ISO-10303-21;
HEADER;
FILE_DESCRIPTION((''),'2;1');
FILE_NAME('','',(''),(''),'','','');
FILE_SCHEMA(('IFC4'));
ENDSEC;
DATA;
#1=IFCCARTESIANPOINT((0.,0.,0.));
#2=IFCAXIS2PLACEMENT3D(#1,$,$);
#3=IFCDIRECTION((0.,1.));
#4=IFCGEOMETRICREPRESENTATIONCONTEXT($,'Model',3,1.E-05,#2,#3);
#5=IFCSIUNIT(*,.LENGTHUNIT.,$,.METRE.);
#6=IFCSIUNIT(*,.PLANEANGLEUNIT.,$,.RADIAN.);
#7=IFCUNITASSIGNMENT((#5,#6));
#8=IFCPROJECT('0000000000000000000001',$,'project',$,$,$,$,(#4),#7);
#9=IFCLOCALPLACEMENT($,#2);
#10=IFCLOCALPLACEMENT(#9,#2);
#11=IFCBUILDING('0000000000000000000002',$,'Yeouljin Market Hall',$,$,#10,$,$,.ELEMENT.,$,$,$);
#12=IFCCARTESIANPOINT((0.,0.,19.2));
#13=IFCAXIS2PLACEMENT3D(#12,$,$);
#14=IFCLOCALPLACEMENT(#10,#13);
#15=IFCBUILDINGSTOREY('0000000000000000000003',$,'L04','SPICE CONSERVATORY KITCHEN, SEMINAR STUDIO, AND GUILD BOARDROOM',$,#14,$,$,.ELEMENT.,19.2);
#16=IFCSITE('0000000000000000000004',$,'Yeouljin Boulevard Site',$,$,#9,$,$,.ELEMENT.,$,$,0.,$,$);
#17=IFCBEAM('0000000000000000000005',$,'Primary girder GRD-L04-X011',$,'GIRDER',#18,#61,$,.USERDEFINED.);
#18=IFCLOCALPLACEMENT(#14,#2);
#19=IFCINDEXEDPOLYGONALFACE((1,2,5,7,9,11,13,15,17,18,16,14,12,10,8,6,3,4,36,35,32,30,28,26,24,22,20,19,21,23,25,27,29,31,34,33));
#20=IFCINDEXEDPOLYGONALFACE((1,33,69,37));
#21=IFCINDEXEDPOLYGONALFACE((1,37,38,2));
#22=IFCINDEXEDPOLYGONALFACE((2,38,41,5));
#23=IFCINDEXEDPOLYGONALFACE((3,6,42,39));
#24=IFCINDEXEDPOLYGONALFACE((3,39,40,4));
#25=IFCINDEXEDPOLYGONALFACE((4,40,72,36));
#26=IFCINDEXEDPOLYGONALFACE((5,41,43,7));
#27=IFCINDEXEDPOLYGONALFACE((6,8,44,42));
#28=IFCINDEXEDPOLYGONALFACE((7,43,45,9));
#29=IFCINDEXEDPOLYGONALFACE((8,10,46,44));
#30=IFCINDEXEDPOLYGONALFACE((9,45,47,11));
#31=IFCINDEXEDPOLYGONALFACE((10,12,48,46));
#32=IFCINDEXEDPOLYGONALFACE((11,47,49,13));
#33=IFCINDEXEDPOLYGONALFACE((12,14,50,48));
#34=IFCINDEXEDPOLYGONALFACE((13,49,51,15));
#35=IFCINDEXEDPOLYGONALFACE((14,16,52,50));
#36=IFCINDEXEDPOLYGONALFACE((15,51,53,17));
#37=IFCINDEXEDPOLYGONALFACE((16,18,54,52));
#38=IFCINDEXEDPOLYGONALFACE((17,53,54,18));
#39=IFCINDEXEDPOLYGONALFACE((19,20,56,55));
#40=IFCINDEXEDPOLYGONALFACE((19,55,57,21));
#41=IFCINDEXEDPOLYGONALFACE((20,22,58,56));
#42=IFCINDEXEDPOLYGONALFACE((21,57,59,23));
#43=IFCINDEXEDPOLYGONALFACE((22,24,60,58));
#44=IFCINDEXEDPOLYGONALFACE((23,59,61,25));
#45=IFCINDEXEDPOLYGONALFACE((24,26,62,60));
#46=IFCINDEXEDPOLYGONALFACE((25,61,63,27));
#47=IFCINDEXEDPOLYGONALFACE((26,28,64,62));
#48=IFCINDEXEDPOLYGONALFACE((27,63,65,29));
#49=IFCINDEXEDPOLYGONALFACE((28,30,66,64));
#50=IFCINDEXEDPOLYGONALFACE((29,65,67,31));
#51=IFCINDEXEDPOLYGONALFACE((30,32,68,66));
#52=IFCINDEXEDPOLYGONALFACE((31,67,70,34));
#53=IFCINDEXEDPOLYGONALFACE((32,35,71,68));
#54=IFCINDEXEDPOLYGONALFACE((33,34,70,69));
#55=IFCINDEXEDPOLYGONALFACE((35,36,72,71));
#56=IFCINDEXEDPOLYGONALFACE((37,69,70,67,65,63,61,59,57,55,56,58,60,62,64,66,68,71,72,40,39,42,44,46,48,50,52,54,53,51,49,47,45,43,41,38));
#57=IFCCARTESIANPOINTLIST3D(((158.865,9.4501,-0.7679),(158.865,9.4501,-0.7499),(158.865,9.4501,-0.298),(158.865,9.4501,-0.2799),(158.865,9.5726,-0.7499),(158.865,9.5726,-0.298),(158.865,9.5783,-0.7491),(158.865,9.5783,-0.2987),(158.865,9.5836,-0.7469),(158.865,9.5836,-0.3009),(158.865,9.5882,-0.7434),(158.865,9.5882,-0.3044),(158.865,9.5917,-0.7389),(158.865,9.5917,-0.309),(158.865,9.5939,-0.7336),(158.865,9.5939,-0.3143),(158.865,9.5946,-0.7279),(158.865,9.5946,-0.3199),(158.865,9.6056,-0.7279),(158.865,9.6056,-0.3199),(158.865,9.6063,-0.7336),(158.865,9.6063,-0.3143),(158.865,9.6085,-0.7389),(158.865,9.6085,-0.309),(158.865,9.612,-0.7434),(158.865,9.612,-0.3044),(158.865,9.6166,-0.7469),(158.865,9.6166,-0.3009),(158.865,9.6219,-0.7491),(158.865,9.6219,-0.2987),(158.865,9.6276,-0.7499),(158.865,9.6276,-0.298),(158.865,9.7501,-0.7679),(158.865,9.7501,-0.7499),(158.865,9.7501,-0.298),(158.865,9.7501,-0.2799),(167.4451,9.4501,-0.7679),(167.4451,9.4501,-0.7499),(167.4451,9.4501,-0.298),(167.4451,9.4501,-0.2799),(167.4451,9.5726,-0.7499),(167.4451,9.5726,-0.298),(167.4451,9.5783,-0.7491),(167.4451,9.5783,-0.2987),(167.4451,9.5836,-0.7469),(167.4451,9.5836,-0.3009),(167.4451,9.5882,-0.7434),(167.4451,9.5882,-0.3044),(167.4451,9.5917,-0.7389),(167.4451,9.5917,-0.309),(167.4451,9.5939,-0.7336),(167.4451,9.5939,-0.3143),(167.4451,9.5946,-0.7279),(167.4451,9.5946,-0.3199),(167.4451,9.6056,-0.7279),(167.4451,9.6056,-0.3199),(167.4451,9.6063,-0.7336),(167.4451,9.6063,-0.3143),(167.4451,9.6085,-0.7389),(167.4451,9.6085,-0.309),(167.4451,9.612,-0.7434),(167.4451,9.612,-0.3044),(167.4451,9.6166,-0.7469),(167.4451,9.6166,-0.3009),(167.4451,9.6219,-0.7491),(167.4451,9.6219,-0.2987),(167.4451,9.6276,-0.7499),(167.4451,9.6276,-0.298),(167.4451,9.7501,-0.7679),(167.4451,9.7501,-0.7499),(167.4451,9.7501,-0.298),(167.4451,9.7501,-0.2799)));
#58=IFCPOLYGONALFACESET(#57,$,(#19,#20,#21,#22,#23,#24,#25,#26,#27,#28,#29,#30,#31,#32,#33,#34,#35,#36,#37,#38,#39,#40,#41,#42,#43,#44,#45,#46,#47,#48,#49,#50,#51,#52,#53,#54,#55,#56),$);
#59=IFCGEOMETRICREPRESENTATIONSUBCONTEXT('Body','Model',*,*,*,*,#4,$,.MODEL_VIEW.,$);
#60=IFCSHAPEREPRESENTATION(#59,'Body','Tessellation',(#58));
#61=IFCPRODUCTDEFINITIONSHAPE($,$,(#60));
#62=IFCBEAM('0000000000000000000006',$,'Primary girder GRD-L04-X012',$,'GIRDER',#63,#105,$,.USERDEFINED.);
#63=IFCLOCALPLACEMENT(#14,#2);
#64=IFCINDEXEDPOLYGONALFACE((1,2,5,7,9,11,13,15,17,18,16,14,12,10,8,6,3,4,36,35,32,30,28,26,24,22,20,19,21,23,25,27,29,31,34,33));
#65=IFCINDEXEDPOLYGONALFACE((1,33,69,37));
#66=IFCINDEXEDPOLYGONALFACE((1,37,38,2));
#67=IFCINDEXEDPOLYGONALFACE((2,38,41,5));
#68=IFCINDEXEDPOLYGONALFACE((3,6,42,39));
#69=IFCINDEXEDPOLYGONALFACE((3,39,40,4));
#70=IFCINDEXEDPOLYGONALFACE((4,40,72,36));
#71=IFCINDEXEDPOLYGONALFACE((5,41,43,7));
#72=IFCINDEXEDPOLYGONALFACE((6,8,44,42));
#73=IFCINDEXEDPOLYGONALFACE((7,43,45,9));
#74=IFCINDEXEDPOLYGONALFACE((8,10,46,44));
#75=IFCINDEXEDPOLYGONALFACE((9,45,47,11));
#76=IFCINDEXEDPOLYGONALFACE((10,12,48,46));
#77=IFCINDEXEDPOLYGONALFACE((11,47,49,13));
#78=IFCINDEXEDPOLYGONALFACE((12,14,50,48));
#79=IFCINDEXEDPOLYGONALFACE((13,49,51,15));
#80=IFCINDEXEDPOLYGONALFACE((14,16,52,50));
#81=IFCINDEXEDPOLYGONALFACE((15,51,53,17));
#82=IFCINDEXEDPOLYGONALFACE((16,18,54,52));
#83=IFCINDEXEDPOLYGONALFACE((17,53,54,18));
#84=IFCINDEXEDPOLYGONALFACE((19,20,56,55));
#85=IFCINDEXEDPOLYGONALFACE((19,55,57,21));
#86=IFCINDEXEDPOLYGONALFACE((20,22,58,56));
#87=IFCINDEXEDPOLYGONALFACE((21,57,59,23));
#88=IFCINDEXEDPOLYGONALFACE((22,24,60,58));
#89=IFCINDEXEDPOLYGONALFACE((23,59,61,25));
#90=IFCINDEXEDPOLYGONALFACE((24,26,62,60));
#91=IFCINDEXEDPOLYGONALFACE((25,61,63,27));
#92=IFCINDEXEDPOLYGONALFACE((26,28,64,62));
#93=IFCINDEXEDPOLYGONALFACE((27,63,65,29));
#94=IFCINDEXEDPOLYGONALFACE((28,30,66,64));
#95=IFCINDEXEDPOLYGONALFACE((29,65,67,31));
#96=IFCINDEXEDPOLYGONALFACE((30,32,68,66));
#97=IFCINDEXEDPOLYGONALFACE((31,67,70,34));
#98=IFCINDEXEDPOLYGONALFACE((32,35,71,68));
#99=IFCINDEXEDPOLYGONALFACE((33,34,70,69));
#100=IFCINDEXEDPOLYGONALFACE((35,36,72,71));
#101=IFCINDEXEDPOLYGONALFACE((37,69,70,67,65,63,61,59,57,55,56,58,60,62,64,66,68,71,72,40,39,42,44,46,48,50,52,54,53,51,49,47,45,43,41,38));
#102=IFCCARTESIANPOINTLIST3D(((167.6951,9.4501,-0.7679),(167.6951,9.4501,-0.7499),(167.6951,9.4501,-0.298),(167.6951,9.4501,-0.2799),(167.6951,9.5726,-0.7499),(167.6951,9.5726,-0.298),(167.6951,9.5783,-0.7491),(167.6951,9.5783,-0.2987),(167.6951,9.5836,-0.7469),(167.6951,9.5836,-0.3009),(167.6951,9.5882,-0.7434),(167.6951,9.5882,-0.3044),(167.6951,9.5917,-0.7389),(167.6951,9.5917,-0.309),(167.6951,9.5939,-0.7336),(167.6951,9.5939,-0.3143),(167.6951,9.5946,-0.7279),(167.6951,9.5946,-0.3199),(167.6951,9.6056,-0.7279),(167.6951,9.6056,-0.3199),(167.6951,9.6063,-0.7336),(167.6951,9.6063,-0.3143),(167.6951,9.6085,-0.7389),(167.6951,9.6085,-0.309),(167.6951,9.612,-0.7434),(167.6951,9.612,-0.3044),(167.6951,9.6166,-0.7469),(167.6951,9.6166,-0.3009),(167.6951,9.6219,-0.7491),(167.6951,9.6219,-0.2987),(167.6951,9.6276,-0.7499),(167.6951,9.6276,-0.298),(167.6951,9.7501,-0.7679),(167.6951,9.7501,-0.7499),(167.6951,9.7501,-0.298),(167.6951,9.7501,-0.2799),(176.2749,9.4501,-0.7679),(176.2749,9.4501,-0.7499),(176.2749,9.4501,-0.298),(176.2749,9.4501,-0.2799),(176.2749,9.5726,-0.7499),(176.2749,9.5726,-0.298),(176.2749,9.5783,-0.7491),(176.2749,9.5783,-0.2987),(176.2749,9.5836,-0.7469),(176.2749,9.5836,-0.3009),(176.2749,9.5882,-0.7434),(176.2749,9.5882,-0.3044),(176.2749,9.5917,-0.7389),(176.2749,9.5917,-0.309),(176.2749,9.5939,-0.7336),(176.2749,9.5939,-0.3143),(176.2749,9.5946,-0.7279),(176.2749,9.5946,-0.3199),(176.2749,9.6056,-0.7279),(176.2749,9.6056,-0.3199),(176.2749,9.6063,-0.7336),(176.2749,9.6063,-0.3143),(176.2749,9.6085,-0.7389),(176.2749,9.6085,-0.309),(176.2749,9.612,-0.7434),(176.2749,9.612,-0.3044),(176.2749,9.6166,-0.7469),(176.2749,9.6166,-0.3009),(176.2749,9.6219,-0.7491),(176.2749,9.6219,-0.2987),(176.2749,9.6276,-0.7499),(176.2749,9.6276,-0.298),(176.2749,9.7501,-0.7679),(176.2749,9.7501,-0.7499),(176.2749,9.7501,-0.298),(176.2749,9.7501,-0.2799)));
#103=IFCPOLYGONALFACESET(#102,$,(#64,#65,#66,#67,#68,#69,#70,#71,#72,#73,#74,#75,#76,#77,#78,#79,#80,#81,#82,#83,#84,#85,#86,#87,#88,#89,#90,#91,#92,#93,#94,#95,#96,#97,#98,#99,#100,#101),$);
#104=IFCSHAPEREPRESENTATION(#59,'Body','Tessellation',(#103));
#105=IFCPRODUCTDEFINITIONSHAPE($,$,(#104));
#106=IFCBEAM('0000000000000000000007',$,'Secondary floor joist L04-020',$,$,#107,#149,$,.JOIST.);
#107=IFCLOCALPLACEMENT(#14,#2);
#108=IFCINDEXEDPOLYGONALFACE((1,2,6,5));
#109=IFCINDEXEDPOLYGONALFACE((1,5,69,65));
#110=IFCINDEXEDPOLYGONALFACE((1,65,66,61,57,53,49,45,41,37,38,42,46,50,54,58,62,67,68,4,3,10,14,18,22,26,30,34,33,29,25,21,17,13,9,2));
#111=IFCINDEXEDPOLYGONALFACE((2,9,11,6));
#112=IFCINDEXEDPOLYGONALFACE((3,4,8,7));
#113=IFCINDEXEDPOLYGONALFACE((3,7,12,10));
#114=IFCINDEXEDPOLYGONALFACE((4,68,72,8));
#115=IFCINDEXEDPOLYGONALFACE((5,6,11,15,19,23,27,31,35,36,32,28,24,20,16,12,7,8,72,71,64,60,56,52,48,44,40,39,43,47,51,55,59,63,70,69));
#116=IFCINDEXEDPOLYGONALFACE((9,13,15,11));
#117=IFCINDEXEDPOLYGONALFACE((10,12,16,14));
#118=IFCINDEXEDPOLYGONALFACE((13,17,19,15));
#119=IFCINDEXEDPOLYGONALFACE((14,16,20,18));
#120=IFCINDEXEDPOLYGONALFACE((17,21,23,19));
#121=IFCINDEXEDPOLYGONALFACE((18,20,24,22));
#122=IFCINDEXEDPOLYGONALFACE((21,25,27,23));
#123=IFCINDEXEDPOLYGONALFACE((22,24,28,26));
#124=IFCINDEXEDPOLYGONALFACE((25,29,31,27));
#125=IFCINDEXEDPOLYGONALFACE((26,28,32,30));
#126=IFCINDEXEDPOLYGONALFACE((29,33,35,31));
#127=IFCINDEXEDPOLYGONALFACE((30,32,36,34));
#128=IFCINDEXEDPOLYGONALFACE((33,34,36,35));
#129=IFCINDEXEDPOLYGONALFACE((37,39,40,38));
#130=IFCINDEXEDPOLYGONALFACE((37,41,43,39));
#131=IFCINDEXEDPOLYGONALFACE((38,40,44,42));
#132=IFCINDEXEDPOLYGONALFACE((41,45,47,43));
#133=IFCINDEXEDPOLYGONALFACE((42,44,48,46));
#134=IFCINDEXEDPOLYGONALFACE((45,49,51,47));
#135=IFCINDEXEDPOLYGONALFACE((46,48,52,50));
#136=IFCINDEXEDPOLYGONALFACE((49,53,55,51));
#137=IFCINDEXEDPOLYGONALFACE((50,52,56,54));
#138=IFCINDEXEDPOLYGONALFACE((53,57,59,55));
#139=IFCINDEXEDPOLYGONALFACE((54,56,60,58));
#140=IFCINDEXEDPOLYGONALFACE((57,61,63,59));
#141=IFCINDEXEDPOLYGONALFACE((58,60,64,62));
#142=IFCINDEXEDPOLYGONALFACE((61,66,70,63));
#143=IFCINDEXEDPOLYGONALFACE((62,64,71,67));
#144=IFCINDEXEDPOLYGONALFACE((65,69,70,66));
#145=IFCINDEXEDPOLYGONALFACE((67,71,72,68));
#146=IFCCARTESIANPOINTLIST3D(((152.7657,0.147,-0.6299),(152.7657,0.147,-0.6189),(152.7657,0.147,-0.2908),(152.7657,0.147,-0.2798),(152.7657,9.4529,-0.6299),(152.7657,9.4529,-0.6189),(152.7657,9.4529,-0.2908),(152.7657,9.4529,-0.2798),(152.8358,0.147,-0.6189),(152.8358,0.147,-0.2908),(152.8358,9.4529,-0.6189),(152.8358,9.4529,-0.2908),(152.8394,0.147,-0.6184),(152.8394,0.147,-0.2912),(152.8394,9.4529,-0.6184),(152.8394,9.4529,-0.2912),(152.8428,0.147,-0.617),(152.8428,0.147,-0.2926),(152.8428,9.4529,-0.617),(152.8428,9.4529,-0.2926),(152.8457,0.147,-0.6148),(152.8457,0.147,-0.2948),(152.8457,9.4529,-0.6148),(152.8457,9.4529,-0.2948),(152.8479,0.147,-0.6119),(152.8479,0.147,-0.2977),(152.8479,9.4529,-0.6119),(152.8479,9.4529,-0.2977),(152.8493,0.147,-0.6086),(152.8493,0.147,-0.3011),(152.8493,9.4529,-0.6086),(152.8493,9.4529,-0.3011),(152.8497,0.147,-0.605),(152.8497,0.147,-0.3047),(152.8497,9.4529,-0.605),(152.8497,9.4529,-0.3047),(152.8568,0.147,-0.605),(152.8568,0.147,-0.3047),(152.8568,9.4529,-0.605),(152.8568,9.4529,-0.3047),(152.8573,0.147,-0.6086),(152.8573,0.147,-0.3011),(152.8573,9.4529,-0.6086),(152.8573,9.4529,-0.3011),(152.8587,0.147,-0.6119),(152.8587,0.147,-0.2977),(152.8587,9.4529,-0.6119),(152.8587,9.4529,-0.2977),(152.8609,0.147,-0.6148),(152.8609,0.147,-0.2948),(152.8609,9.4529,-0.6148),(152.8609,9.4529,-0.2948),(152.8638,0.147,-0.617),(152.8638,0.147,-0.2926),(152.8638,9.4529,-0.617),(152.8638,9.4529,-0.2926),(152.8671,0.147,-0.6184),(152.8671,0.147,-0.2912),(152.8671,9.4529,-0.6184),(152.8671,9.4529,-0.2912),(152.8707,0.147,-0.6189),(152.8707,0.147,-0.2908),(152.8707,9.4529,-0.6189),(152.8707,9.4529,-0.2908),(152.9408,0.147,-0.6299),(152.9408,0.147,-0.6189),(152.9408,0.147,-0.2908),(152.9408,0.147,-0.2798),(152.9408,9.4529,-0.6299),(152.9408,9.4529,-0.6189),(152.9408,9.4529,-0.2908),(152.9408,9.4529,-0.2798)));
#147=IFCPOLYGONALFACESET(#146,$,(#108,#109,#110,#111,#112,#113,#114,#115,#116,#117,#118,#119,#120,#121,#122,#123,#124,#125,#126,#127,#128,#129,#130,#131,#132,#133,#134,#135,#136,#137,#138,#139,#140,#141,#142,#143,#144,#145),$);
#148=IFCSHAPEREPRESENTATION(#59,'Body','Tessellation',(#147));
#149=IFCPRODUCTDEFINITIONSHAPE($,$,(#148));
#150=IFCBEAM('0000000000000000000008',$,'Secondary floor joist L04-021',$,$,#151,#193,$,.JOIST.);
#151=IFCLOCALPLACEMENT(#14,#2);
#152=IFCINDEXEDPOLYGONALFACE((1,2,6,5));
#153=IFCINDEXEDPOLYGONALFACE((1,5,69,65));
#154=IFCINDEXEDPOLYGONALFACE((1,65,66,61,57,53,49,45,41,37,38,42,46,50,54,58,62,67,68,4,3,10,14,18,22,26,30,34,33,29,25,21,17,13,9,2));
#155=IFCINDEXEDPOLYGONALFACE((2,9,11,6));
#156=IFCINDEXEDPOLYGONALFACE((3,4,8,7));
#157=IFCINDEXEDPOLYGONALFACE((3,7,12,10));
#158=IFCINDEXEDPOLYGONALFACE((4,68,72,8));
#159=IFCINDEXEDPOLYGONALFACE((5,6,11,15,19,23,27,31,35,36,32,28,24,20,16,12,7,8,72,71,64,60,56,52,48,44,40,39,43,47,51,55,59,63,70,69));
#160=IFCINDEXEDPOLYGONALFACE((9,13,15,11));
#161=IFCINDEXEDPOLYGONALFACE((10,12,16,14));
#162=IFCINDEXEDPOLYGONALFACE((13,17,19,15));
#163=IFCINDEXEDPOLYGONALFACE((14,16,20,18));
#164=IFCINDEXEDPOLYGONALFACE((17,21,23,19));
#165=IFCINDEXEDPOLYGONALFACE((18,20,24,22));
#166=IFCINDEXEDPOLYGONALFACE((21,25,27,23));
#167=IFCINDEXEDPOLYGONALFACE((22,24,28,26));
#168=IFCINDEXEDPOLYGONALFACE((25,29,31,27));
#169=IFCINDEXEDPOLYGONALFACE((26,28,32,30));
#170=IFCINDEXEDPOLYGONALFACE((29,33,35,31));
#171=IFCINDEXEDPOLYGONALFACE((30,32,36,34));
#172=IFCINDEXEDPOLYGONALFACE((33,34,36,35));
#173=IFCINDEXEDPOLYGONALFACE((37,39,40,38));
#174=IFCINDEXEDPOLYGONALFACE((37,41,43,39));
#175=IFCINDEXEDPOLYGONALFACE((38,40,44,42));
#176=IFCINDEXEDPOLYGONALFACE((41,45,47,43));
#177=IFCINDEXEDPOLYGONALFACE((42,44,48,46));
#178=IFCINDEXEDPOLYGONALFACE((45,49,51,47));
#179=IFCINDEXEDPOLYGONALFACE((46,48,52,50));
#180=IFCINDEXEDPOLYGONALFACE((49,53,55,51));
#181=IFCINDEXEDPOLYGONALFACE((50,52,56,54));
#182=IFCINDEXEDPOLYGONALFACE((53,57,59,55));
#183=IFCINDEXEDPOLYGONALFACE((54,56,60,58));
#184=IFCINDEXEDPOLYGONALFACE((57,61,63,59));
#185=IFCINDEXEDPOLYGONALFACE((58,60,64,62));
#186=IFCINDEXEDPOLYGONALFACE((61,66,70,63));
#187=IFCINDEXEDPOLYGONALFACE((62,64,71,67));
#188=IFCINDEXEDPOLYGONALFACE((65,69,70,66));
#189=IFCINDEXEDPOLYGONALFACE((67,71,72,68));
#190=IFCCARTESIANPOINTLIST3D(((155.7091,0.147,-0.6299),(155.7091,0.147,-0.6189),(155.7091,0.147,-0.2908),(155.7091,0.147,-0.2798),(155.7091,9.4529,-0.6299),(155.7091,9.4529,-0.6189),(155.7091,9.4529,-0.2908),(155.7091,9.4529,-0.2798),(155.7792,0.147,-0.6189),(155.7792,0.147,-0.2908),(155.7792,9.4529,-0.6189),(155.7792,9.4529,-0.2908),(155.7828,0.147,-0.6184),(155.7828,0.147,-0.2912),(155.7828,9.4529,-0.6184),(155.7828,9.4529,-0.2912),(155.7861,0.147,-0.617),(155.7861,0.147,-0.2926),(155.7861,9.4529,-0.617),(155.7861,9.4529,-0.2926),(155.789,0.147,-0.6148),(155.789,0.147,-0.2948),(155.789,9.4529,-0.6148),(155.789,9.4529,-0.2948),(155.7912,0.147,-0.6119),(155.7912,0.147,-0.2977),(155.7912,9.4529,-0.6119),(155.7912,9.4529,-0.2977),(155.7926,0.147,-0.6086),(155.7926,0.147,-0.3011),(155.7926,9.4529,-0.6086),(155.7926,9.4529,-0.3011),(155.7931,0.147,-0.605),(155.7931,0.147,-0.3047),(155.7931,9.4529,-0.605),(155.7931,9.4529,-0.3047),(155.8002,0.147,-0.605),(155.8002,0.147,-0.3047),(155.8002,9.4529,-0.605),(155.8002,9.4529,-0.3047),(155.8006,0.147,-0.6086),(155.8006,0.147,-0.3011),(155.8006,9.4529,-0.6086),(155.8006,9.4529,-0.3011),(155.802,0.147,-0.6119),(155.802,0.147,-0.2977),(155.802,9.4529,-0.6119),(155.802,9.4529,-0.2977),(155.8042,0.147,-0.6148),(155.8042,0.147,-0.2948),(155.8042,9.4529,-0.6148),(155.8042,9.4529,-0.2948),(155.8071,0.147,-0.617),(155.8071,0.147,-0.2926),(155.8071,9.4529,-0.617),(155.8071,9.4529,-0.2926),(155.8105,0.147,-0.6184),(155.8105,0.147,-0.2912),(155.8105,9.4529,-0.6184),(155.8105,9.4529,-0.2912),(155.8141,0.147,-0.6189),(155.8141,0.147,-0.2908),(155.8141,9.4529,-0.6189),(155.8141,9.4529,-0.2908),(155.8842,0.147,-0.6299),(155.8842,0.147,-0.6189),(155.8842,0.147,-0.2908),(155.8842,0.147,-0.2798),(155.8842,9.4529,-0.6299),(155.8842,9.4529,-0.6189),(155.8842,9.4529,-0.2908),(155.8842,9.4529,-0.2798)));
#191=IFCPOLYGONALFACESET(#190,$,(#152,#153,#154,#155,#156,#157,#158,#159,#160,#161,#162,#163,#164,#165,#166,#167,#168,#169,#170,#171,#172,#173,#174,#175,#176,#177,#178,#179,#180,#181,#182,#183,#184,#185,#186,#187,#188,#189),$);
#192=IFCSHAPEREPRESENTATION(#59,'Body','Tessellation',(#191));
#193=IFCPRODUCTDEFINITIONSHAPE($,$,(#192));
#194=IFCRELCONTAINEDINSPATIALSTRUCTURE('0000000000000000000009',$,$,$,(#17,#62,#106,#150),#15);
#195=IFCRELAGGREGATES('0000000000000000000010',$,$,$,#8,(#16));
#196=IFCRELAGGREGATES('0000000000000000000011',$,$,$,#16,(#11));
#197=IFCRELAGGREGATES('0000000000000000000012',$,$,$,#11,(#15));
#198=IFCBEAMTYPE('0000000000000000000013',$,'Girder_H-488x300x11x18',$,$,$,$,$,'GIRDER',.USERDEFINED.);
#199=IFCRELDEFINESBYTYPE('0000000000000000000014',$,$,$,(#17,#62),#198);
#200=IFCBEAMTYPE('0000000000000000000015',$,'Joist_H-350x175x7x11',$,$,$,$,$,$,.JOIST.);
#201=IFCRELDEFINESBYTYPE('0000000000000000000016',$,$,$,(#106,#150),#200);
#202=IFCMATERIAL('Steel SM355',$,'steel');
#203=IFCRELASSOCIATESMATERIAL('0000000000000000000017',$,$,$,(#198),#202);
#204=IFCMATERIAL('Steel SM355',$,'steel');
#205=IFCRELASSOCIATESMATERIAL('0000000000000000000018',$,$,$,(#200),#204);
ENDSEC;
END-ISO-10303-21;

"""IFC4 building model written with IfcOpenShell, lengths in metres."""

from ifc_helpers import new_model, si_unit, direction, frame, origin, origin_2d, place, context, subcontext, project, spatial, i_section, extrude, material, material_profile, profile_set, type_object, element, save


model = new_model("IFC4")

# Units and contexts
model_context = context("Model", 3, precision=1e-05, world=origin(), true_north=direction((0.0, 1.0)))
body_context = subcontext(model_context, "Body", "Model", "MODEL_VIEW")
ifc_project = project(units=[si_unit("LENGTHUNIT", "METRE"), si_unit("PLANEANGLEUNIT", "RADIAN")], contexts=[model_context])

# Site, building, storey
site_placement = place(None, origin())
site = spatial("IfcSite", under=ifc_project, at=site_placement, Name="Yeouljin Boulevard Site", CompositionType="ELEMENT", RefElevation=0.0)
building_placement = place(site_placement, origin())
building = spatial("IfcBuilding", under=site, at=building_placement, Name="Yeouljin Market Hall", CompositionType="ELEMENT")
storey_placement = place(building_placement, frame((0.0, 0.0, 19.2)))
storey = spatial("IfcBuildingStorey", under=building, at=storey_placement, Name="L04", Description="SPICE CONSERVATORY KITCHEN, SEMINAR STUDIO, AND GUILD BOARDROOM", CompositionType="ELEMENT", Elevation=19.2)

# Beams
ifc_material_1 = material(Name="Steel SM355", Category="steel")
ifc_material_profile_1 = material_profile(ifc_material_1, i_section(OverallWidth=0.3, OverallDepth=0.488, WebThickness=0.011, FlangeThickness=0.0181, FilletRadius=0.022, at=origin_2d()), Name="H-488x300x11x18")
ifc_profile_set_1 = profile_set([ifc_material_profile_1], Name="Steel SM355")
beam_type_1 = type_object("IfcBeamType", Name="Girder_H-488x300x11x18", ElementType="GIRDER", PredefinedType="USERDEFINED", material=ifc_profile_set_1)
for number, where, z_axis, x_axis, name in (
    (1, (158.865, 9.6001, -0.5239), (1.0, 0.0, 0.0), (0.0, 1.0, 0.0), "Primary girder GRD-L04-X011"),
):
    element("IfcBeam", number, at=place(storey_placement, frame(where, z_axis=z_axis, x_axis=x_axis)), inside=storey, type_object=beam_type_1, Name=name, ObjectType="GIRDER", PredefinedType="USERDEFINED", context=body_context, shape_type="SweptSolid", body=[
        extrude(i_section(OverallWidth=0.3, OverallDepth=0.488, WebThickness=0.011, FlangeThickness=0.0181, FilletRadius=0.022, at=origin_2d()), origin(), (0.0, 0.0, 1.0), 8.5801),
    ])
beam_1_placement = place(storey_placement, frame((167.6951, 9.6001, -0.5239), z_axis=(1.0, 0.0, 0.0), x_axis=(0.0, 1.0, 0.0)))
element("IfcBeam", 2, at=beam_1_placement, inside=storey, type_object=beam_type_1, Name="Primary girder GRD-L04-X012", ObjectType="GIRDER", PredefinedType="USERDEFINED", context=body_context, shape_type="SweptSolid", body=[
    extrude(i_section(OverallWidth=0.3, OverallDepth=0.488, WebThickness=0.011, FlangeThickness=0.0181, FilletRadius=0.022, at=origin_2d()), origin(), (0.0, 0.0, 1.0), 8.5798),
])
ifc_material_2 = material(Name="Steel SM355", Category="steel")
ifc_material_profile_2 = material_profile(ifc_material_2, i_section(OverallWidth=0.175, OverallDepth=0.3501, WebThickness=0.0071, FlangeThickness=0.011, FilletRadius=0.0139, at=origin_2d()), Name="H-350x175x7x11")
ifc_profile_set_2 = profile_set([ifc_material_profile_2], Name="Steel SM355")
beam_type_2 = type_object("IfcBeamType", Name="Joist_H-350x175x7x11", PredefinedType="JOIST", material=ifc_profile_set_2)
for number, where, z_axis, x_axis, name in (
    (3, (152.8533, 0.147, -0.4548), (0.0, 1.0, 0.0), (-1.0, 0.0, 0.0), "Secondary floor joist L04-020"),
    (4, (155.7966, 0.147, -0.4548), (0.0, 1.0, 0.0), (-1.0, 0.0, 0.0), "Secondary floor joist L04-021"),
):
    element("IfcBeam", number, at=place(storey_placement, frame(where, z_axis=z_axis, x_axis=x_axis)), inside=storey, type_object=beam_type_2, Name=name, PredefinedType="JOIST", context=body_context, shape_type="SweptSolid", body=[
        extrude(i_section(OverallWidth=0.175, OverallDepth=0.3501, WebThickness=0.0071, FlangeThickness=0.011, FilletRadius=0.0139, at=origin_2d()), origin(), (0.0, 0.0, 1.0), 9.3059),
    ])

save(model, "model.ifc")
